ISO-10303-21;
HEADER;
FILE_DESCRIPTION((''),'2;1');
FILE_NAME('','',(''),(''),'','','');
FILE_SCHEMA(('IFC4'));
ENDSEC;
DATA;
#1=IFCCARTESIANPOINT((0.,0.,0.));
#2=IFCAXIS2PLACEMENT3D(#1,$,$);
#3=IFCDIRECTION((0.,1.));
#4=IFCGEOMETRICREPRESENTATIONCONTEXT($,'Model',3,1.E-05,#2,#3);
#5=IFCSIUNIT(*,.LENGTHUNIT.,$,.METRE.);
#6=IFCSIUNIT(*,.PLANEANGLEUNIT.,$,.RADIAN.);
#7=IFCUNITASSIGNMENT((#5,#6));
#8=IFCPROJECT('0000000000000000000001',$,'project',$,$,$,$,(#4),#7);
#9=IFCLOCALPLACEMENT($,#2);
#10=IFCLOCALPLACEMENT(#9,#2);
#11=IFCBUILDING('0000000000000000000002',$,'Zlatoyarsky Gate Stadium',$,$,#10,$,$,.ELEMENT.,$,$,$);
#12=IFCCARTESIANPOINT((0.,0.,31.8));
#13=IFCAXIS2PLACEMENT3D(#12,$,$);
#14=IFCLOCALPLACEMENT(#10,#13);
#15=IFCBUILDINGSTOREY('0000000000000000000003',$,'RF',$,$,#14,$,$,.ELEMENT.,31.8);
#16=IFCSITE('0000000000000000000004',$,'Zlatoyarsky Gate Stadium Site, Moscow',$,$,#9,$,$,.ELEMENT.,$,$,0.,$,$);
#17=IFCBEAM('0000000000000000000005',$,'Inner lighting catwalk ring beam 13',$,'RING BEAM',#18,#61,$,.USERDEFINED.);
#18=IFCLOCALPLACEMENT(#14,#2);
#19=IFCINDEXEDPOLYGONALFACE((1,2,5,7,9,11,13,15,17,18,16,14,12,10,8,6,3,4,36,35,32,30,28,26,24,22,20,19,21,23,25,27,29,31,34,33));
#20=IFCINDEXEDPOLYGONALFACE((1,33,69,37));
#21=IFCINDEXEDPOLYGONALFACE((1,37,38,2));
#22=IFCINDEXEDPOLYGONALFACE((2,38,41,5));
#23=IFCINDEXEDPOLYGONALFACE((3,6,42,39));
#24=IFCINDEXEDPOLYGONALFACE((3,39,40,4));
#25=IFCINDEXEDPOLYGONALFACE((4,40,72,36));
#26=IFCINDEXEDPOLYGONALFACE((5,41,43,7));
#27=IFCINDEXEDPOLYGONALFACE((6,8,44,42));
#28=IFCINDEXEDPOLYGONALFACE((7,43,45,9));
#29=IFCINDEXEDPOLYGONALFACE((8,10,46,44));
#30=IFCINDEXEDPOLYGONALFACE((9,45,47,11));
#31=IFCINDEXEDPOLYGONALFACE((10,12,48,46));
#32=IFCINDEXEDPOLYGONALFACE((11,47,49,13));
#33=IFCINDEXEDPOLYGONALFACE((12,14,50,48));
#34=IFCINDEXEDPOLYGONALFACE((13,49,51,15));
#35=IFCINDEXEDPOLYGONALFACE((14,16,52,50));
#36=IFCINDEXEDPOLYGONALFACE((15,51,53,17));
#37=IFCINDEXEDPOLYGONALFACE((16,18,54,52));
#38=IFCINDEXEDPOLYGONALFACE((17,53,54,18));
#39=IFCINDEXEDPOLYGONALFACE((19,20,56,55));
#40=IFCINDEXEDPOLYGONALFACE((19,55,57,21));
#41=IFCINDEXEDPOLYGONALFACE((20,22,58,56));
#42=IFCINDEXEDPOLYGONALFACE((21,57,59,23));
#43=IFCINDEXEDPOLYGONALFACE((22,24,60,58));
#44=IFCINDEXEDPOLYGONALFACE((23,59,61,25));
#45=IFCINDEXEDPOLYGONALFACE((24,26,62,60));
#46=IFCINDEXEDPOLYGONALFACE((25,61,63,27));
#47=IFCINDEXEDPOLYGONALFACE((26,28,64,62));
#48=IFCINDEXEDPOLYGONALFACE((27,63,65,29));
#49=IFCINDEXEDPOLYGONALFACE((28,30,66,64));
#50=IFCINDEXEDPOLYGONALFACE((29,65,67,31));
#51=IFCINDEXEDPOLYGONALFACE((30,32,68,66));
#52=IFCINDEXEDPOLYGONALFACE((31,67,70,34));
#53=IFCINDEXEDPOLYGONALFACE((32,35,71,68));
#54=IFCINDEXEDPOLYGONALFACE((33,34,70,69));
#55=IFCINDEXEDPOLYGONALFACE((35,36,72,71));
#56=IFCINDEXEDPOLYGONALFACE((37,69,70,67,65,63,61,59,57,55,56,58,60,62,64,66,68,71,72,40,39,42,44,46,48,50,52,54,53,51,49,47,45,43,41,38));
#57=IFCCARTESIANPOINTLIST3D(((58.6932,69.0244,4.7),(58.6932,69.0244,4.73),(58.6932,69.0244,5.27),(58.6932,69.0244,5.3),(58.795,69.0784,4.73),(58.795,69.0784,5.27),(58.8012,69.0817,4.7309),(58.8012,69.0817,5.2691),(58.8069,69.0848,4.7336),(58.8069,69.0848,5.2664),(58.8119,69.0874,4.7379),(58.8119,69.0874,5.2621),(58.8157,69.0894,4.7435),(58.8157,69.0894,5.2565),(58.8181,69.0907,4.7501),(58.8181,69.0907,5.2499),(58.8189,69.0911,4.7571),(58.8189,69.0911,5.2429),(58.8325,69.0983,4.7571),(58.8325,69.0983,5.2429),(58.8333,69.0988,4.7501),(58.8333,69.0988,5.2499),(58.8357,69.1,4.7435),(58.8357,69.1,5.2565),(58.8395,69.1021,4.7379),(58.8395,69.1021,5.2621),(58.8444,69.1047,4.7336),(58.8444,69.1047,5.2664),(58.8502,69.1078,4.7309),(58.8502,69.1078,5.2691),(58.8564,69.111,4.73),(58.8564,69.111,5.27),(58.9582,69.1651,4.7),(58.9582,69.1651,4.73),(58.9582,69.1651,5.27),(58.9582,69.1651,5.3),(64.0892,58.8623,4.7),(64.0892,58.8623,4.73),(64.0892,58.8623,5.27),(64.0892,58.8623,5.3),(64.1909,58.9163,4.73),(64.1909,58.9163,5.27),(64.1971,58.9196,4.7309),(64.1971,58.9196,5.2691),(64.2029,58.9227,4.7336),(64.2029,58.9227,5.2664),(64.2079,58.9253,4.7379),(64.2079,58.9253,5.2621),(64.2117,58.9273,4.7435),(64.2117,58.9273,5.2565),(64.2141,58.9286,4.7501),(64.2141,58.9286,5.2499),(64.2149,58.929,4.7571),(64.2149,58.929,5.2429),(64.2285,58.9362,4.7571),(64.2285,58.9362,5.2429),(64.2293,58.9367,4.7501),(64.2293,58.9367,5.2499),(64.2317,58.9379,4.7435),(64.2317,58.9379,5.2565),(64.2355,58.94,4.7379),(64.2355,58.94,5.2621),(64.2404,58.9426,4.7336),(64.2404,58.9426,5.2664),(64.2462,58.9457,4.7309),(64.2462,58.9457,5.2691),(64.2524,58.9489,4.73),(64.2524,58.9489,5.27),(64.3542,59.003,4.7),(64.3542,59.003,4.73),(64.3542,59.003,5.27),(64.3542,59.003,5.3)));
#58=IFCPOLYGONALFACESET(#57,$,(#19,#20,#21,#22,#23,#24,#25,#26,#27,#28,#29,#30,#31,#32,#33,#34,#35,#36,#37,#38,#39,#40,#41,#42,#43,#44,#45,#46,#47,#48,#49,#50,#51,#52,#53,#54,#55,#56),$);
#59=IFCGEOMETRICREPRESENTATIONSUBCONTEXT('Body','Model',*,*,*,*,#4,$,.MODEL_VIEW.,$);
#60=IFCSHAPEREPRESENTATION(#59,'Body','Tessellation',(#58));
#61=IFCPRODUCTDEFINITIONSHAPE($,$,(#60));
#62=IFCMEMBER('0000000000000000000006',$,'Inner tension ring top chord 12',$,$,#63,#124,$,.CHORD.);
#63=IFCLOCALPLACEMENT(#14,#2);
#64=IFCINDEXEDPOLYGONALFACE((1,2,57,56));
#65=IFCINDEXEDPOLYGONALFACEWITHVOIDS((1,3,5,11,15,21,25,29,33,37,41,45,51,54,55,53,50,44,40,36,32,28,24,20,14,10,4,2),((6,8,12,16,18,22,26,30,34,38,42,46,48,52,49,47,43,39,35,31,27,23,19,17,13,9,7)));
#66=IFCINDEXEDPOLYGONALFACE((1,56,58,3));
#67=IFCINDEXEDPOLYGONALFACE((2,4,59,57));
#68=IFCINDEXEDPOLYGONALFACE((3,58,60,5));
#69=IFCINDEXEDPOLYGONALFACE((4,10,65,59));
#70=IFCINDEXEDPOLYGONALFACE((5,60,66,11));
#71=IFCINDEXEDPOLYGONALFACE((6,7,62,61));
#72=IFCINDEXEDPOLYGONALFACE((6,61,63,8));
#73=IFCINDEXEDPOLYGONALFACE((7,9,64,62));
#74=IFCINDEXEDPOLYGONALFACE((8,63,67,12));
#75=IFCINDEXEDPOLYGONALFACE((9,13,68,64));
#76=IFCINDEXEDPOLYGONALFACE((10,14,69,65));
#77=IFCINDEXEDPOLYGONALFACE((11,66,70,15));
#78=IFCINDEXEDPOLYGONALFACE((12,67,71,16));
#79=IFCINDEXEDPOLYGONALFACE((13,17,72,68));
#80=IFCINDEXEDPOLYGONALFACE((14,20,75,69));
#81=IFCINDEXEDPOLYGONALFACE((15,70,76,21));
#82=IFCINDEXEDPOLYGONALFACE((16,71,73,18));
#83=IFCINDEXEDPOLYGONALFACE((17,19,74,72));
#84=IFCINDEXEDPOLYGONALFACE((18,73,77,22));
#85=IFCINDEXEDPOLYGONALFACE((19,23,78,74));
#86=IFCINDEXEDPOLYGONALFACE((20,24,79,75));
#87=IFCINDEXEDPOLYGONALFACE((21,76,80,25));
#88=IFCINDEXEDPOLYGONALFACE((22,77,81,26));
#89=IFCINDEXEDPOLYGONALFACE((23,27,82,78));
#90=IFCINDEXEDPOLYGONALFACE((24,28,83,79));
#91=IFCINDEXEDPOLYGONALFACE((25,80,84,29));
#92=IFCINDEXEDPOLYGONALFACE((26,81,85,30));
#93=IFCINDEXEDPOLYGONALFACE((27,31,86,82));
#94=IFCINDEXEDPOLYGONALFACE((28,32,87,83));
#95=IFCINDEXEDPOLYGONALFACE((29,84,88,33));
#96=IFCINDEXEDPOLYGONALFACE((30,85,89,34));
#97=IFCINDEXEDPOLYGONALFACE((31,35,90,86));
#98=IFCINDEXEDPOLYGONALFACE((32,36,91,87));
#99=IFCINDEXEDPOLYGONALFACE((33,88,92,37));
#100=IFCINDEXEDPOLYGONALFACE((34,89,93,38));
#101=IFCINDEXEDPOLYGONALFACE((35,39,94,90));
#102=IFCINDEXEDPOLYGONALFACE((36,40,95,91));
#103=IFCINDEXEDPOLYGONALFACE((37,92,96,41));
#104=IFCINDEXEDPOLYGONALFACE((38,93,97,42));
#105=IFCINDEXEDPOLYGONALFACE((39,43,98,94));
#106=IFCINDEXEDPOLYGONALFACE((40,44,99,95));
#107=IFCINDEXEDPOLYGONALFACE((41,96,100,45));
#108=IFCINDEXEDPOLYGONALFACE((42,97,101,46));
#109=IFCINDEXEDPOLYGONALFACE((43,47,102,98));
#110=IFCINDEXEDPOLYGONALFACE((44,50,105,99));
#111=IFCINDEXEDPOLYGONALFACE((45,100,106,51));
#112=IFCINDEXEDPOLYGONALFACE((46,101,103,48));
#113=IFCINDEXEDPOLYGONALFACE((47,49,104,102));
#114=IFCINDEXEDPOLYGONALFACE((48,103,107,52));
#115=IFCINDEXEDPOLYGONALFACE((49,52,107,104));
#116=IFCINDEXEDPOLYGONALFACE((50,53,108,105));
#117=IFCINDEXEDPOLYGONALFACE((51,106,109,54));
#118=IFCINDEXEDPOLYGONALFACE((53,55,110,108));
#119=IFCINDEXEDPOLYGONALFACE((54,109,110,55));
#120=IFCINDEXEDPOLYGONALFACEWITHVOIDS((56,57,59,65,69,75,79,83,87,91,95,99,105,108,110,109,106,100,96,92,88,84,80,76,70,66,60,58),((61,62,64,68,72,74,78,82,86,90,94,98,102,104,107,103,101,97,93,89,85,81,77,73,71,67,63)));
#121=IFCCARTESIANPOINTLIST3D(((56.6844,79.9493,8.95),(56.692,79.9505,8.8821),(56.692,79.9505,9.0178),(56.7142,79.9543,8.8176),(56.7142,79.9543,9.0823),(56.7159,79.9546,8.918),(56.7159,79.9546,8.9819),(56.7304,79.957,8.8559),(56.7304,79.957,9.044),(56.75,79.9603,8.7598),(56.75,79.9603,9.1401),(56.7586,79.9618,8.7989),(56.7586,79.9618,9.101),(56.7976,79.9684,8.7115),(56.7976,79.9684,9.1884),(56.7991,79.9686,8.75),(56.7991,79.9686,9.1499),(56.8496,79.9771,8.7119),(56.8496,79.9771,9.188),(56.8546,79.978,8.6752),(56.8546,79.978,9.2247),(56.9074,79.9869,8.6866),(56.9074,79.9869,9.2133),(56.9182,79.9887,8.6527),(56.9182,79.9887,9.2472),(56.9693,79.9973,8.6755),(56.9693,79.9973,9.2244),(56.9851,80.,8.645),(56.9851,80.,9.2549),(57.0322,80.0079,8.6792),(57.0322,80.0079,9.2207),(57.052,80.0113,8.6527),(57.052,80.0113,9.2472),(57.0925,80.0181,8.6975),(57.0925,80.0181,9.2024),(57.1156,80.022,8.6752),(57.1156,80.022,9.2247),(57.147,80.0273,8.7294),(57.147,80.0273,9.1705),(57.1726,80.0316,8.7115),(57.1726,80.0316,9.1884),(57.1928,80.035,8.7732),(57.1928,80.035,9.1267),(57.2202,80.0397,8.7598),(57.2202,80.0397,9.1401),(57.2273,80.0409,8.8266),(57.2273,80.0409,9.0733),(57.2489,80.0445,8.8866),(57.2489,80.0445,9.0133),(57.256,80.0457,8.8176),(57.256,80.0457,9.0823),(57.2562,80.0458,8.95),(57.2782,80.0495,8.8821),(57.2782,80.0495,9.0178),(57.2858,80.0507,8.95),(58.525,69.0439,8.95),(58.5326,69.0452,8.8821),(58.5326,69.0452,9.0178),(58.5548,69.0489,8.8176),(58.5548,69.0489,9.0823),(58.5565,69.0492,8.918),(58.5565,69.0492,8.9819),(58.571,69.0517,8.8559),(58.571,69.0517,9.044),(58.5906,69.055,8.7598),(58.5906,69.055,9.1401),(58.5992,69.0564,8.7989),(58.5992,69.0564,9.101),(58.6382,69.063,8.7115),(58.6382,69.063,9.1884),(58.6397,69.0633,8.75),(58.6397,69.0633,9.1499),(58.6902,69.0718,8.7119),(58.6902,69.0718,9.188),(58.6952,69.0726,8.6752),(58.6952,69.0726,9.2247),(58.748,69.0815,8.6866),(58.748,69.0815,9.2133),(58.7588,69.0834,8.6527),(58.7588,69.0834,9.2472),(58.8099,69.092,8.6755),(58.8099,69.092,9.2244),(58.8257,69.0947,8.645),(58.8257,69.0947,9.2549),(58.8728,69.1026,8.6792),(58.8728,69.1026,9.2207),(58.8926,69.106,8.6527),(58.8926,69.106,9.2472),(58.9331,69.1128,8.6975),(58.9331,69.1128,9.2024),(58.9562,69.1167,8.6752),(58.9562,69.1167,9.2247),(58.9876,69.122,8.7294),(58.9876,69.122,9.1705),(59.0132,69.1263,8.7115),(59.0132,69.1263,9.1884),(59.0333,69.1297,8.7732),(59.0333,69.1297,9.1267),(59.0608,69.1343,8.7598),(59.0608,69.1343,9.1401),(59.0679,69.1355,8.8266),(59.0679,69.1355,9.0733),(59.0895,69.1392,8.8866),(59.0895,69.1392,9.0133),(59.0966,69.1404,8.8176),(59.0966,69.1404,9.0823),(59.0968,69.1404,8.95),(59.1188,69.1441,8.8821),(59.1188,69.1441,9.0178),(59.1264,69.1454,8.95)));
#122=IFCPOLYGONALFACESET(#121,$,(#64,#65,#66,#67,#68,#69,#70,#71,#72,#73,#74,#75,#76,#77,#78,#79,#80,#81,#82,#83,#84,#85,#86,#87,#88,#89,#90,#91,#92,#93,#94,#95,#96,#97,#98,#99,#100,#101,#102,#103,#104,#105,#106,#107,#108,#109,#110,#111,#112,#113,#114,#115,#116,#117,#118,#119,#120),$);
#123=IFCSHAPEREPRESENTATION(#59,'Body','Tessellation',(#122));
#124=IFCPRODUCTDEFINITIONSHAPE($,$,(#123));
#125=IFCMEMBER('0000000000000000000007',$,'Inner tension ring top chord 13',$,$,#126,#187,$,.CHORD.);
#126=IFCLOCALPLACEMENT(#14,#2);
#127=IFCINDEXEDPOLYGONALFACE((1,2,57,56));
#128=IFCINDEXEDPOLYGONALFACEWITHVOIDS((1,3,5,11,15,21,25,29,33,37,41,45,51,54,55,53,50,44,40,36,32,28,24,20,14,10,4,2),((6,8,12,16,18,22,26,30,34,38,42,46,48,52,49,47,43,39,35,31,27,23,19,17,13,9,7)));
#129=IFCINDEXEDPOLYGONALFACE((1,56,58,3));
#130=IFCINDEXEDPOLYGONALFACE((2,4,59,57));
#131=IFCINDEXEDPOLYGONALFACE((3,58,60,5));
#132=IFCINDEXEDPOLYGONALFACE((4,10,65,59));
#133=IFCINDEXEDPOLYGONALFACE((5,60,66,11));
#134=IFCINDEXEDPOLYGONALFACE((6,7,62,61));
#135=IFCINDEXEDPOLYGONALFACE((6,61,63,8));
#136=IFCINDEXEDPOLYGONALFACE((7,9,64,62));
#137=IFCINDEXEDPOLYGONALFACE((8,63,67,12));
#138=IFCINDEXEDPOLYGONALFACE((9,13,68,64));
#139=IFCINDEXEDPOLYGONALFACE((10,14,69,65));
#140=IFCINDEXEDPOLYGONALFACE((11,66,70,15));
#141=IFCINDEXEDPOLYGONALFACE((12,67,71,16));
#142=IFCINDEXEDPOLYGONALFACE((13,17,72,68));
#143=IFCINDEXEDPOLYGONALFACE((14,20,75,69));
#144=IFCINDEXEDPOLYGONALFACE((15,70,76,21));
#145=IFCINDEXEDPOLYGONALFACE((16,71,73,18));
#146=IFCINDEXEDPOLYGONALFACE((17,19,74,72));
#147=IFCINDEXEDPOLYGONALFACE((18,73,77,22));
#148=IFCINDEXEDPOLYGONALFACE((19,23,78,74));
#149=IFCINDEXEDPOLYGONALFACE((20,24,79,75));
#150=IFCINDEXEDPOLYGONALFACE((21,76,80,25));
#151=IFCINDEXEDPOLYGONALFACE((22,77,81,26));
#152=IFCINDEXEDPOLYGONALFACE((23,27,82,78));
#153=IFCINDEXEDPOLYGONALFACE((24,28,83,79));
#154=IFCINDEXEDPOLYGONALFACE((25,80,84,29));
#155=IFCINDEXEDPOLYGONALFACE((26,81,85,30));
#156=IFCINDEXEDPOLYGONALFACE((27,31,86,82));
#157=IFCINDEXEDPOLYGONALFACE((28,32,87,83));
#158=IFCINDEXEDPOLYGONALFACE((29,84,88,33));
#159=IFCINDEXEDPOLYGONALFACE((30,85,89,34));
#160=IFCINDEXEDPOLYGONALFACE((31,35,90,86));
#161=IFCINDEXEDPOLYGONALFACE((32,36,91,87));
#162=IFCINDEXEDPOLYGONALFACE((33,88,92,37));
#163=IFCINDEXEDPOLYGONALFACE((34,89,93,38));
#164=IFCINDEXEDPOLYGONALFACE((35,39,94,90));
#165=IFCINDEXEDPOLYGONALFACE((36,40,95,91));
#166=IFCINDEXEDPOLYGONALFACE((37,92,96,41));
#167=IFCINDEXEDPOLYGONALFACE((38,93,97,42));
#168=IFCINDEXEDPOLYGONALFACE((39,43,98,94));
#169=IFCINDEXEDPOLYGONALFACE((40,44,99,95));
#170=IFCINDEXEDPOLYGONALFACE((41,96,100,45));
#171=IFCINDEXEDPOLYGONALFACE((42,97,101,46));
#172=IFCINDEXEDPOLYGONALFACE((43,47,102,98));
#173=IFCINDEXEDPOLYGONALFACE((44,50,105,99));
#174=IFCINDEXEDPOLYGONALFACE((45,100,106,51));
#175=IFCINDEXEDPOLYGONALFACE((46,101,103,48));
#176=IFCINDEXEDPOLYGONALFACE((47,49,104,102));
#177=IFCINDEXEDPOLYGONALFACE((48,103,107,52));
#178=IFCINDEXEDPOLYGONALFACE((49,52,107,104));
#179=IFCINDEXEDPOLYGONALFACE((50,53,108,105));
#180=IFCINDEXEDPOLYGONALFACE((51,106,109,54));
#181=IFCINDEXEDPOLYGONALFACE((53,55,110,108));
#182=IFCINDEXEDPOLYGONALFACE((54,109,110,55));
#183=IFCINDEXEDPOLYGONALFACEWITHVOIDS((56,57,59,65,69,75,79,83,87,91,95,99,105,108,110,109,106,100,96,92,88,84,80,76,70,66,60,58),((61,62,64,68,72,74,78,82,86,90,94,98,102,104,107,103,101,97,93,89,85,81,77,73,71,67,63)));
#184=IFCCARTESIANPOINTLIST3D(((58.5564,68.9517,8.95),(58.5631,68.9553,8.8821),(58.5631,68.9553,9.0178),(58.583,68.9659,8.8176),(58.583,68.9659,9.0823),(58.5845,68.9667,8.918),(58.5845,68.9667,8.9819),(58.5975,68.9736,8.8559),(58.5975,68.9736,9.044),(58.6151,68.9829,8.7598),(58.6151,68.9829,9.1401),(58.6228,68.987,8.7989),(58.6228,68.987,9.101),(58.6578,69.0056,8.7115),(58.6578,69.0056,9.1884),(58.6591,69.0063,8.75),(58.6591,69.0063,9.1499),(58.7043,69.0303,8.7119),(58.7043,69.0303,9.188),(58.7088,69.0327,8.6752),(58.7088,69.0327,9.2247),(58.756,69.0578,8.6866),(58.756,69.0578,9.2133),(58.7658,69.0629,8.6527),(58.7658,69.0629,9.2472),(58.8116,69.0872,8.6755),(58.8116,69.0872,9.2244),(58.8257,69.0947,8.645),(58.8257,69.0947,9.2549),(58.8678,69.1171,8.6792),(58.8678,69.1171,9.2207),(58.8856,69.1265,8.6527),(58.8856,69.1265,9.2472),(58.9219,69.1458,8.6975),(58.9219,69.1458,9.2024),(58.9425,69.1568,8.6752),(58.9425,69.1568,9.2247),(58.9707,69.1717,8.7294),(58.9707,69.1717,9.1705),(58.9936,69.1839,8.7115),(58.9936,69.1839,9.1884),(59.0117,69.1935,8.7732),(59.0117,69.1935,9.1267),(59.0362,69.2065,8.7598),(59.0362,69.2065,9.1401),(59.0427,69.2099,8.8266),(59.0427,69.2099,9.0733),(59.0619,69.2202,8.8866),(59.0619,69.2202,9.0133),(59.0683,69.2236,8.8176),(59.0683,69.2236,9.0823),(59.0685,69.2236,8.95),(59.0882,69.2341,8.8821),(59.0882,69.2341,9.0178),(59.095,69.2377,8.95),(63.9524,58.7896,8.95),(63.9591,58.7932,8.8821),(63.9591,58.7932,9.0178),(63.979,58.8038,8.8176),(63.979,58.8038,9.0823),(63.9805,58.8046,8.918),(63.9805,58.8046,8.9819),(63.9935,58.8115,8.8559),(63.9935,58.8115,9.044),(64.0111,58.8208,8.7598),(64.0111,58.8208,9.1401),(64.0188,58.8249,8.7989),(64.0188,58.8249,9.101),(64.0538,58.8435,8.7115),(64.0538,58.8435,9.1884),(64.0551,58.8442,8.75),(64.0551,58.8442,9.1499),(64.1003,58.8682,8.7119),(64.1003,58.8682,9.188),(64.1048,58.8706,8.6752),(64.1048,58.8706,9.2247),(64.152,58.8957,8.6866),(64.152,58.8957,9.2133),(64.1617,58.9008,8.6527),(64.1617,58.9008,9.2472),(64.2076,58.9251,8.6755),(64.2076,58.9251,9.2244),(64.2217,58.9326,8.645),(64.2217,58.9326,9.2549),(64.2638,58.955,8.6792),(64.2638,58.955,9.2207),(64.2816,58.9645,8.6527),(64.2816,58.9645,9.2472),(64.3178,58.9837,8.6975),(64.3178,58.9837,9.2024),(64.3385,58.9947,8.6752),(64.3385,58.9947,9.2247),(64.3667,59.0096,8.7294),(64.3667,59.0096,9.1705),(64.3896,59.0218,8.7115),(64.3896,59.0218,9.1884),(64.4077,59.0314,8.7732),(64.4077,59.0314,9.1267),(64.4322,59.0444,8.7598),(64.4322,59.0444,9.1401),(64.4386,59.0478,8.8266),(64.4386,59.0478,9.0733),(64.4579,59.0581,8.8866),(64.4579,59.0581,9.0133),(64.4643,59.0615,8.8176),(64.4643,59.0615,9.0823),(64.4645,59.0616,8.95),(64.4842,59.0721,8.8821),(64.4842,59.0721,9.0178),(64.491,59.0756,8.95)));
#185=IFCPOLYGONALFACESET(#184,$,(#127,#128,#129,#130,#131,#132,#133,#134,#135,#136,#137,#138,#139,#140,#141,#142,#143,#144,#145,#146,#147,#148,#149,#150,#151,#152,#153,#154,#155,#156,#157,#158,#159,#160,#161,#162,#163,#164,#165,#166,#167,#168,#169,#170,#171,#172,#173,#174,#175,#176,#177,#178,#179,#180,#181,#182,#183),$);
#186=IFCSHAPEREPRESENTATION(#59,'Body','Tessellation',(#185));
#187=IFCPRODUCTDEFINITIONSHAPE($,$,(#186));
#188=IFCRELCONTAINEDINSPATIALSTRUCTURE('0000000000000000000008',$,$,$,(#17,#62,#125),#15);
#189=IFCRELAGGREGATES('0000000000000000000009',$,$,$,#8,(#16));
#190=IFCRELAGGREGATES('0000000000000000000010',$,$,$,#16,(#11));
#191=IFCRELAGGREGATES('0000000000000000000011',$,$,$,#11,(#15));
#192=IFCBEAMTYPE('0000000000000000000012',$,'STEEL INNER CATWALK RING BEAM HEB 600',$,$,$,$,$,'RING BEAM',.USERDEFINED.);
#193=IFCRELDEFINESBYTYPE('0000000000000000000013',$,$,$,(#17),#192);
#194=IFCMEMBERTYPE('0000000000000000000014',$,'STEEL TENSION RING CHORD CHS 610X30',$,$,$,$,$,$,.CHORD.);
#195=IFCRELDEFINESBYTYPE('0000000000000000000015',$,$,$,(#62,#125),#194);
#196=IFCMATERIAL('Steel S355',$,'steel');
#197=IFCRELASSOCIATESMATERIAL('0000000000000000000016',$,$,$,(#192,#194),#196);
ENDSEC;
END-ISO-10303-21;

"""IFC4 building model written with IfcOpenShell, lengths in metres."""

from ifc_helpers import new_model, si_unit, direction, frame, origin, origin_2d, place, context, subcontext, project, spatial, hollow_circle, i_section, extrude, material, material_profile, profile_set, type_object, element, save


model = new_model("IFC4")

# Units and contexts
model_context = context("Model", 3, precision=1e-05, world=origin(), true_north=direction((0.0, 1.0)))
body_context = subcontext(model_context, "Body", "Model", "MODEL_VIEW")
ifc_project = project(units=[si_unit("LENGTHUNIT", "METRE"), si_unit("PLANEANGLEUNIT", "RADIAN")], contexts=[model_context])

# Site, building, storey
site_placement = place(None, origin())
site = spatial("IfcSite", under=ifc_project, at=site_placement, Name="Zlatoyarsky Gate Stadium Site, Moscow", CompositionType="ELEMENT", RefElevation=0.0)
building_placement = place(site_placement, origin())
building = spatial("IfcBuilding", under=site, at=building_placement, Name="Zlatoyarsky Gate Stadium", CompositionType="ELEMENT")
storey_placement = place(building_placement, frame((0.0, 0.0, 31.8)))
storey = spatial("IfcBuildingStorey", under=building, at=storey_placement, Name="RF", CompositionType="ELEMENT", Elevation=31.8)

# Shared definitions
ifc_material = material(Name="Steel S355", Category="steel")

# Beam
ifc_material_profile_1 = material_profile(ifc_material, i_section(OverallWidth=0.3, OverallDepth=0.6001, WebThickness=0.0154, FlangeThickness=0.03, FilletRadius=0.0271, at=origin_2d()), Name="HEB 600")
ifc_profile_set_1 = profile_set([ifc_material_profile_1], Name="Steel S355")
beam_type = type_object("IfcBeamType", Name="STEEL INNER CATWALK RING BEAM HEB 600", ElementType="RING BEAM", PredefinedType="USERDEFINED", material=ifc_profile_set_1)
beam_1_placement = place(storey_placement, frame((58.8257, 69.0947, 5.0), z_axis=(0.468977, -0.88321, 0.0), x_axis=(0.88321, 0.468977, 0.0)))
element("IfcBeam", 1, at=beam_1_placement, inside=storey, type_object=beam_type, Name="Inner lighting catwalk ring beam 13", ObjectType="RING BEAM", PredefinedType="USERDEFINED", context=body_context, shape_type="SweptSolid", body=[
    extrude(i_section(OverallWidth=0.3, OverallDepth=0.6001, WebThickness=0.0154, FlangeThickness=0.03, FilletRadius=0.0271, at=origin_2d()), origin(), (0.0, 0.0, 1.0), 11.5059),
])

# Members
ifc_material_profile_2 = material_profile(ifc_material, hollow_circle(Radius=0.3049, WallThickness=0.03, at=origin_2d()), Name="CHS 610X30")
ifc_profile_set_2 = profile_set([ifc_material_profile_2], Name="Steel S355")
member_type_1 = type_object("IfcMemberType", Name="STEEL TENSION RING CHORD CHS 610X30", PredefinedType="CHORD", material=ifc_profile_set_2)
member_1_placement = place(storey_placement, frame((56.9851, 80.0, 8.95), z_axis=(0.166425, -0.986054, 0.0), x_axis=(0.986054, 0.166425, 0.0)))
element("IfcMember", 2, at=member_1_placement, inside=storey, type_object=member_type_1, Name="Inner tension ring top chord 12", PredefinedType="CHORD", context=body_context, shape_type="SweptSolid", body=[
    extrude(hollow_circle(Radius=0.3049, WallThickness=0.03, at=origin_2d()), origin(), (0.0, 0.0, 1.0), 11.0596),
])
member_2_placement = place(storey_placement, frame((58.8257, 69.0947, 8.95), z_axis=(0.468977, -0.88321, 0.0), x_axis=(0.88321, 0.468977, 0.0)))
element("IfcMember", 3, at=member_2_placement, inside=storey, type_object=member_type_1, Name="Inner tension ring top chord 13", PredefinedType="CHORD", context=body_context, shape_type="SweptSolid", body=[
    extrude(hollow_circle(Radius=0.3049, WallThickness=0.03, at=origin_2d()), origin(), (0.0, 0.0, 1.0), 11.5059),
])

save(model, "model.ifc")
